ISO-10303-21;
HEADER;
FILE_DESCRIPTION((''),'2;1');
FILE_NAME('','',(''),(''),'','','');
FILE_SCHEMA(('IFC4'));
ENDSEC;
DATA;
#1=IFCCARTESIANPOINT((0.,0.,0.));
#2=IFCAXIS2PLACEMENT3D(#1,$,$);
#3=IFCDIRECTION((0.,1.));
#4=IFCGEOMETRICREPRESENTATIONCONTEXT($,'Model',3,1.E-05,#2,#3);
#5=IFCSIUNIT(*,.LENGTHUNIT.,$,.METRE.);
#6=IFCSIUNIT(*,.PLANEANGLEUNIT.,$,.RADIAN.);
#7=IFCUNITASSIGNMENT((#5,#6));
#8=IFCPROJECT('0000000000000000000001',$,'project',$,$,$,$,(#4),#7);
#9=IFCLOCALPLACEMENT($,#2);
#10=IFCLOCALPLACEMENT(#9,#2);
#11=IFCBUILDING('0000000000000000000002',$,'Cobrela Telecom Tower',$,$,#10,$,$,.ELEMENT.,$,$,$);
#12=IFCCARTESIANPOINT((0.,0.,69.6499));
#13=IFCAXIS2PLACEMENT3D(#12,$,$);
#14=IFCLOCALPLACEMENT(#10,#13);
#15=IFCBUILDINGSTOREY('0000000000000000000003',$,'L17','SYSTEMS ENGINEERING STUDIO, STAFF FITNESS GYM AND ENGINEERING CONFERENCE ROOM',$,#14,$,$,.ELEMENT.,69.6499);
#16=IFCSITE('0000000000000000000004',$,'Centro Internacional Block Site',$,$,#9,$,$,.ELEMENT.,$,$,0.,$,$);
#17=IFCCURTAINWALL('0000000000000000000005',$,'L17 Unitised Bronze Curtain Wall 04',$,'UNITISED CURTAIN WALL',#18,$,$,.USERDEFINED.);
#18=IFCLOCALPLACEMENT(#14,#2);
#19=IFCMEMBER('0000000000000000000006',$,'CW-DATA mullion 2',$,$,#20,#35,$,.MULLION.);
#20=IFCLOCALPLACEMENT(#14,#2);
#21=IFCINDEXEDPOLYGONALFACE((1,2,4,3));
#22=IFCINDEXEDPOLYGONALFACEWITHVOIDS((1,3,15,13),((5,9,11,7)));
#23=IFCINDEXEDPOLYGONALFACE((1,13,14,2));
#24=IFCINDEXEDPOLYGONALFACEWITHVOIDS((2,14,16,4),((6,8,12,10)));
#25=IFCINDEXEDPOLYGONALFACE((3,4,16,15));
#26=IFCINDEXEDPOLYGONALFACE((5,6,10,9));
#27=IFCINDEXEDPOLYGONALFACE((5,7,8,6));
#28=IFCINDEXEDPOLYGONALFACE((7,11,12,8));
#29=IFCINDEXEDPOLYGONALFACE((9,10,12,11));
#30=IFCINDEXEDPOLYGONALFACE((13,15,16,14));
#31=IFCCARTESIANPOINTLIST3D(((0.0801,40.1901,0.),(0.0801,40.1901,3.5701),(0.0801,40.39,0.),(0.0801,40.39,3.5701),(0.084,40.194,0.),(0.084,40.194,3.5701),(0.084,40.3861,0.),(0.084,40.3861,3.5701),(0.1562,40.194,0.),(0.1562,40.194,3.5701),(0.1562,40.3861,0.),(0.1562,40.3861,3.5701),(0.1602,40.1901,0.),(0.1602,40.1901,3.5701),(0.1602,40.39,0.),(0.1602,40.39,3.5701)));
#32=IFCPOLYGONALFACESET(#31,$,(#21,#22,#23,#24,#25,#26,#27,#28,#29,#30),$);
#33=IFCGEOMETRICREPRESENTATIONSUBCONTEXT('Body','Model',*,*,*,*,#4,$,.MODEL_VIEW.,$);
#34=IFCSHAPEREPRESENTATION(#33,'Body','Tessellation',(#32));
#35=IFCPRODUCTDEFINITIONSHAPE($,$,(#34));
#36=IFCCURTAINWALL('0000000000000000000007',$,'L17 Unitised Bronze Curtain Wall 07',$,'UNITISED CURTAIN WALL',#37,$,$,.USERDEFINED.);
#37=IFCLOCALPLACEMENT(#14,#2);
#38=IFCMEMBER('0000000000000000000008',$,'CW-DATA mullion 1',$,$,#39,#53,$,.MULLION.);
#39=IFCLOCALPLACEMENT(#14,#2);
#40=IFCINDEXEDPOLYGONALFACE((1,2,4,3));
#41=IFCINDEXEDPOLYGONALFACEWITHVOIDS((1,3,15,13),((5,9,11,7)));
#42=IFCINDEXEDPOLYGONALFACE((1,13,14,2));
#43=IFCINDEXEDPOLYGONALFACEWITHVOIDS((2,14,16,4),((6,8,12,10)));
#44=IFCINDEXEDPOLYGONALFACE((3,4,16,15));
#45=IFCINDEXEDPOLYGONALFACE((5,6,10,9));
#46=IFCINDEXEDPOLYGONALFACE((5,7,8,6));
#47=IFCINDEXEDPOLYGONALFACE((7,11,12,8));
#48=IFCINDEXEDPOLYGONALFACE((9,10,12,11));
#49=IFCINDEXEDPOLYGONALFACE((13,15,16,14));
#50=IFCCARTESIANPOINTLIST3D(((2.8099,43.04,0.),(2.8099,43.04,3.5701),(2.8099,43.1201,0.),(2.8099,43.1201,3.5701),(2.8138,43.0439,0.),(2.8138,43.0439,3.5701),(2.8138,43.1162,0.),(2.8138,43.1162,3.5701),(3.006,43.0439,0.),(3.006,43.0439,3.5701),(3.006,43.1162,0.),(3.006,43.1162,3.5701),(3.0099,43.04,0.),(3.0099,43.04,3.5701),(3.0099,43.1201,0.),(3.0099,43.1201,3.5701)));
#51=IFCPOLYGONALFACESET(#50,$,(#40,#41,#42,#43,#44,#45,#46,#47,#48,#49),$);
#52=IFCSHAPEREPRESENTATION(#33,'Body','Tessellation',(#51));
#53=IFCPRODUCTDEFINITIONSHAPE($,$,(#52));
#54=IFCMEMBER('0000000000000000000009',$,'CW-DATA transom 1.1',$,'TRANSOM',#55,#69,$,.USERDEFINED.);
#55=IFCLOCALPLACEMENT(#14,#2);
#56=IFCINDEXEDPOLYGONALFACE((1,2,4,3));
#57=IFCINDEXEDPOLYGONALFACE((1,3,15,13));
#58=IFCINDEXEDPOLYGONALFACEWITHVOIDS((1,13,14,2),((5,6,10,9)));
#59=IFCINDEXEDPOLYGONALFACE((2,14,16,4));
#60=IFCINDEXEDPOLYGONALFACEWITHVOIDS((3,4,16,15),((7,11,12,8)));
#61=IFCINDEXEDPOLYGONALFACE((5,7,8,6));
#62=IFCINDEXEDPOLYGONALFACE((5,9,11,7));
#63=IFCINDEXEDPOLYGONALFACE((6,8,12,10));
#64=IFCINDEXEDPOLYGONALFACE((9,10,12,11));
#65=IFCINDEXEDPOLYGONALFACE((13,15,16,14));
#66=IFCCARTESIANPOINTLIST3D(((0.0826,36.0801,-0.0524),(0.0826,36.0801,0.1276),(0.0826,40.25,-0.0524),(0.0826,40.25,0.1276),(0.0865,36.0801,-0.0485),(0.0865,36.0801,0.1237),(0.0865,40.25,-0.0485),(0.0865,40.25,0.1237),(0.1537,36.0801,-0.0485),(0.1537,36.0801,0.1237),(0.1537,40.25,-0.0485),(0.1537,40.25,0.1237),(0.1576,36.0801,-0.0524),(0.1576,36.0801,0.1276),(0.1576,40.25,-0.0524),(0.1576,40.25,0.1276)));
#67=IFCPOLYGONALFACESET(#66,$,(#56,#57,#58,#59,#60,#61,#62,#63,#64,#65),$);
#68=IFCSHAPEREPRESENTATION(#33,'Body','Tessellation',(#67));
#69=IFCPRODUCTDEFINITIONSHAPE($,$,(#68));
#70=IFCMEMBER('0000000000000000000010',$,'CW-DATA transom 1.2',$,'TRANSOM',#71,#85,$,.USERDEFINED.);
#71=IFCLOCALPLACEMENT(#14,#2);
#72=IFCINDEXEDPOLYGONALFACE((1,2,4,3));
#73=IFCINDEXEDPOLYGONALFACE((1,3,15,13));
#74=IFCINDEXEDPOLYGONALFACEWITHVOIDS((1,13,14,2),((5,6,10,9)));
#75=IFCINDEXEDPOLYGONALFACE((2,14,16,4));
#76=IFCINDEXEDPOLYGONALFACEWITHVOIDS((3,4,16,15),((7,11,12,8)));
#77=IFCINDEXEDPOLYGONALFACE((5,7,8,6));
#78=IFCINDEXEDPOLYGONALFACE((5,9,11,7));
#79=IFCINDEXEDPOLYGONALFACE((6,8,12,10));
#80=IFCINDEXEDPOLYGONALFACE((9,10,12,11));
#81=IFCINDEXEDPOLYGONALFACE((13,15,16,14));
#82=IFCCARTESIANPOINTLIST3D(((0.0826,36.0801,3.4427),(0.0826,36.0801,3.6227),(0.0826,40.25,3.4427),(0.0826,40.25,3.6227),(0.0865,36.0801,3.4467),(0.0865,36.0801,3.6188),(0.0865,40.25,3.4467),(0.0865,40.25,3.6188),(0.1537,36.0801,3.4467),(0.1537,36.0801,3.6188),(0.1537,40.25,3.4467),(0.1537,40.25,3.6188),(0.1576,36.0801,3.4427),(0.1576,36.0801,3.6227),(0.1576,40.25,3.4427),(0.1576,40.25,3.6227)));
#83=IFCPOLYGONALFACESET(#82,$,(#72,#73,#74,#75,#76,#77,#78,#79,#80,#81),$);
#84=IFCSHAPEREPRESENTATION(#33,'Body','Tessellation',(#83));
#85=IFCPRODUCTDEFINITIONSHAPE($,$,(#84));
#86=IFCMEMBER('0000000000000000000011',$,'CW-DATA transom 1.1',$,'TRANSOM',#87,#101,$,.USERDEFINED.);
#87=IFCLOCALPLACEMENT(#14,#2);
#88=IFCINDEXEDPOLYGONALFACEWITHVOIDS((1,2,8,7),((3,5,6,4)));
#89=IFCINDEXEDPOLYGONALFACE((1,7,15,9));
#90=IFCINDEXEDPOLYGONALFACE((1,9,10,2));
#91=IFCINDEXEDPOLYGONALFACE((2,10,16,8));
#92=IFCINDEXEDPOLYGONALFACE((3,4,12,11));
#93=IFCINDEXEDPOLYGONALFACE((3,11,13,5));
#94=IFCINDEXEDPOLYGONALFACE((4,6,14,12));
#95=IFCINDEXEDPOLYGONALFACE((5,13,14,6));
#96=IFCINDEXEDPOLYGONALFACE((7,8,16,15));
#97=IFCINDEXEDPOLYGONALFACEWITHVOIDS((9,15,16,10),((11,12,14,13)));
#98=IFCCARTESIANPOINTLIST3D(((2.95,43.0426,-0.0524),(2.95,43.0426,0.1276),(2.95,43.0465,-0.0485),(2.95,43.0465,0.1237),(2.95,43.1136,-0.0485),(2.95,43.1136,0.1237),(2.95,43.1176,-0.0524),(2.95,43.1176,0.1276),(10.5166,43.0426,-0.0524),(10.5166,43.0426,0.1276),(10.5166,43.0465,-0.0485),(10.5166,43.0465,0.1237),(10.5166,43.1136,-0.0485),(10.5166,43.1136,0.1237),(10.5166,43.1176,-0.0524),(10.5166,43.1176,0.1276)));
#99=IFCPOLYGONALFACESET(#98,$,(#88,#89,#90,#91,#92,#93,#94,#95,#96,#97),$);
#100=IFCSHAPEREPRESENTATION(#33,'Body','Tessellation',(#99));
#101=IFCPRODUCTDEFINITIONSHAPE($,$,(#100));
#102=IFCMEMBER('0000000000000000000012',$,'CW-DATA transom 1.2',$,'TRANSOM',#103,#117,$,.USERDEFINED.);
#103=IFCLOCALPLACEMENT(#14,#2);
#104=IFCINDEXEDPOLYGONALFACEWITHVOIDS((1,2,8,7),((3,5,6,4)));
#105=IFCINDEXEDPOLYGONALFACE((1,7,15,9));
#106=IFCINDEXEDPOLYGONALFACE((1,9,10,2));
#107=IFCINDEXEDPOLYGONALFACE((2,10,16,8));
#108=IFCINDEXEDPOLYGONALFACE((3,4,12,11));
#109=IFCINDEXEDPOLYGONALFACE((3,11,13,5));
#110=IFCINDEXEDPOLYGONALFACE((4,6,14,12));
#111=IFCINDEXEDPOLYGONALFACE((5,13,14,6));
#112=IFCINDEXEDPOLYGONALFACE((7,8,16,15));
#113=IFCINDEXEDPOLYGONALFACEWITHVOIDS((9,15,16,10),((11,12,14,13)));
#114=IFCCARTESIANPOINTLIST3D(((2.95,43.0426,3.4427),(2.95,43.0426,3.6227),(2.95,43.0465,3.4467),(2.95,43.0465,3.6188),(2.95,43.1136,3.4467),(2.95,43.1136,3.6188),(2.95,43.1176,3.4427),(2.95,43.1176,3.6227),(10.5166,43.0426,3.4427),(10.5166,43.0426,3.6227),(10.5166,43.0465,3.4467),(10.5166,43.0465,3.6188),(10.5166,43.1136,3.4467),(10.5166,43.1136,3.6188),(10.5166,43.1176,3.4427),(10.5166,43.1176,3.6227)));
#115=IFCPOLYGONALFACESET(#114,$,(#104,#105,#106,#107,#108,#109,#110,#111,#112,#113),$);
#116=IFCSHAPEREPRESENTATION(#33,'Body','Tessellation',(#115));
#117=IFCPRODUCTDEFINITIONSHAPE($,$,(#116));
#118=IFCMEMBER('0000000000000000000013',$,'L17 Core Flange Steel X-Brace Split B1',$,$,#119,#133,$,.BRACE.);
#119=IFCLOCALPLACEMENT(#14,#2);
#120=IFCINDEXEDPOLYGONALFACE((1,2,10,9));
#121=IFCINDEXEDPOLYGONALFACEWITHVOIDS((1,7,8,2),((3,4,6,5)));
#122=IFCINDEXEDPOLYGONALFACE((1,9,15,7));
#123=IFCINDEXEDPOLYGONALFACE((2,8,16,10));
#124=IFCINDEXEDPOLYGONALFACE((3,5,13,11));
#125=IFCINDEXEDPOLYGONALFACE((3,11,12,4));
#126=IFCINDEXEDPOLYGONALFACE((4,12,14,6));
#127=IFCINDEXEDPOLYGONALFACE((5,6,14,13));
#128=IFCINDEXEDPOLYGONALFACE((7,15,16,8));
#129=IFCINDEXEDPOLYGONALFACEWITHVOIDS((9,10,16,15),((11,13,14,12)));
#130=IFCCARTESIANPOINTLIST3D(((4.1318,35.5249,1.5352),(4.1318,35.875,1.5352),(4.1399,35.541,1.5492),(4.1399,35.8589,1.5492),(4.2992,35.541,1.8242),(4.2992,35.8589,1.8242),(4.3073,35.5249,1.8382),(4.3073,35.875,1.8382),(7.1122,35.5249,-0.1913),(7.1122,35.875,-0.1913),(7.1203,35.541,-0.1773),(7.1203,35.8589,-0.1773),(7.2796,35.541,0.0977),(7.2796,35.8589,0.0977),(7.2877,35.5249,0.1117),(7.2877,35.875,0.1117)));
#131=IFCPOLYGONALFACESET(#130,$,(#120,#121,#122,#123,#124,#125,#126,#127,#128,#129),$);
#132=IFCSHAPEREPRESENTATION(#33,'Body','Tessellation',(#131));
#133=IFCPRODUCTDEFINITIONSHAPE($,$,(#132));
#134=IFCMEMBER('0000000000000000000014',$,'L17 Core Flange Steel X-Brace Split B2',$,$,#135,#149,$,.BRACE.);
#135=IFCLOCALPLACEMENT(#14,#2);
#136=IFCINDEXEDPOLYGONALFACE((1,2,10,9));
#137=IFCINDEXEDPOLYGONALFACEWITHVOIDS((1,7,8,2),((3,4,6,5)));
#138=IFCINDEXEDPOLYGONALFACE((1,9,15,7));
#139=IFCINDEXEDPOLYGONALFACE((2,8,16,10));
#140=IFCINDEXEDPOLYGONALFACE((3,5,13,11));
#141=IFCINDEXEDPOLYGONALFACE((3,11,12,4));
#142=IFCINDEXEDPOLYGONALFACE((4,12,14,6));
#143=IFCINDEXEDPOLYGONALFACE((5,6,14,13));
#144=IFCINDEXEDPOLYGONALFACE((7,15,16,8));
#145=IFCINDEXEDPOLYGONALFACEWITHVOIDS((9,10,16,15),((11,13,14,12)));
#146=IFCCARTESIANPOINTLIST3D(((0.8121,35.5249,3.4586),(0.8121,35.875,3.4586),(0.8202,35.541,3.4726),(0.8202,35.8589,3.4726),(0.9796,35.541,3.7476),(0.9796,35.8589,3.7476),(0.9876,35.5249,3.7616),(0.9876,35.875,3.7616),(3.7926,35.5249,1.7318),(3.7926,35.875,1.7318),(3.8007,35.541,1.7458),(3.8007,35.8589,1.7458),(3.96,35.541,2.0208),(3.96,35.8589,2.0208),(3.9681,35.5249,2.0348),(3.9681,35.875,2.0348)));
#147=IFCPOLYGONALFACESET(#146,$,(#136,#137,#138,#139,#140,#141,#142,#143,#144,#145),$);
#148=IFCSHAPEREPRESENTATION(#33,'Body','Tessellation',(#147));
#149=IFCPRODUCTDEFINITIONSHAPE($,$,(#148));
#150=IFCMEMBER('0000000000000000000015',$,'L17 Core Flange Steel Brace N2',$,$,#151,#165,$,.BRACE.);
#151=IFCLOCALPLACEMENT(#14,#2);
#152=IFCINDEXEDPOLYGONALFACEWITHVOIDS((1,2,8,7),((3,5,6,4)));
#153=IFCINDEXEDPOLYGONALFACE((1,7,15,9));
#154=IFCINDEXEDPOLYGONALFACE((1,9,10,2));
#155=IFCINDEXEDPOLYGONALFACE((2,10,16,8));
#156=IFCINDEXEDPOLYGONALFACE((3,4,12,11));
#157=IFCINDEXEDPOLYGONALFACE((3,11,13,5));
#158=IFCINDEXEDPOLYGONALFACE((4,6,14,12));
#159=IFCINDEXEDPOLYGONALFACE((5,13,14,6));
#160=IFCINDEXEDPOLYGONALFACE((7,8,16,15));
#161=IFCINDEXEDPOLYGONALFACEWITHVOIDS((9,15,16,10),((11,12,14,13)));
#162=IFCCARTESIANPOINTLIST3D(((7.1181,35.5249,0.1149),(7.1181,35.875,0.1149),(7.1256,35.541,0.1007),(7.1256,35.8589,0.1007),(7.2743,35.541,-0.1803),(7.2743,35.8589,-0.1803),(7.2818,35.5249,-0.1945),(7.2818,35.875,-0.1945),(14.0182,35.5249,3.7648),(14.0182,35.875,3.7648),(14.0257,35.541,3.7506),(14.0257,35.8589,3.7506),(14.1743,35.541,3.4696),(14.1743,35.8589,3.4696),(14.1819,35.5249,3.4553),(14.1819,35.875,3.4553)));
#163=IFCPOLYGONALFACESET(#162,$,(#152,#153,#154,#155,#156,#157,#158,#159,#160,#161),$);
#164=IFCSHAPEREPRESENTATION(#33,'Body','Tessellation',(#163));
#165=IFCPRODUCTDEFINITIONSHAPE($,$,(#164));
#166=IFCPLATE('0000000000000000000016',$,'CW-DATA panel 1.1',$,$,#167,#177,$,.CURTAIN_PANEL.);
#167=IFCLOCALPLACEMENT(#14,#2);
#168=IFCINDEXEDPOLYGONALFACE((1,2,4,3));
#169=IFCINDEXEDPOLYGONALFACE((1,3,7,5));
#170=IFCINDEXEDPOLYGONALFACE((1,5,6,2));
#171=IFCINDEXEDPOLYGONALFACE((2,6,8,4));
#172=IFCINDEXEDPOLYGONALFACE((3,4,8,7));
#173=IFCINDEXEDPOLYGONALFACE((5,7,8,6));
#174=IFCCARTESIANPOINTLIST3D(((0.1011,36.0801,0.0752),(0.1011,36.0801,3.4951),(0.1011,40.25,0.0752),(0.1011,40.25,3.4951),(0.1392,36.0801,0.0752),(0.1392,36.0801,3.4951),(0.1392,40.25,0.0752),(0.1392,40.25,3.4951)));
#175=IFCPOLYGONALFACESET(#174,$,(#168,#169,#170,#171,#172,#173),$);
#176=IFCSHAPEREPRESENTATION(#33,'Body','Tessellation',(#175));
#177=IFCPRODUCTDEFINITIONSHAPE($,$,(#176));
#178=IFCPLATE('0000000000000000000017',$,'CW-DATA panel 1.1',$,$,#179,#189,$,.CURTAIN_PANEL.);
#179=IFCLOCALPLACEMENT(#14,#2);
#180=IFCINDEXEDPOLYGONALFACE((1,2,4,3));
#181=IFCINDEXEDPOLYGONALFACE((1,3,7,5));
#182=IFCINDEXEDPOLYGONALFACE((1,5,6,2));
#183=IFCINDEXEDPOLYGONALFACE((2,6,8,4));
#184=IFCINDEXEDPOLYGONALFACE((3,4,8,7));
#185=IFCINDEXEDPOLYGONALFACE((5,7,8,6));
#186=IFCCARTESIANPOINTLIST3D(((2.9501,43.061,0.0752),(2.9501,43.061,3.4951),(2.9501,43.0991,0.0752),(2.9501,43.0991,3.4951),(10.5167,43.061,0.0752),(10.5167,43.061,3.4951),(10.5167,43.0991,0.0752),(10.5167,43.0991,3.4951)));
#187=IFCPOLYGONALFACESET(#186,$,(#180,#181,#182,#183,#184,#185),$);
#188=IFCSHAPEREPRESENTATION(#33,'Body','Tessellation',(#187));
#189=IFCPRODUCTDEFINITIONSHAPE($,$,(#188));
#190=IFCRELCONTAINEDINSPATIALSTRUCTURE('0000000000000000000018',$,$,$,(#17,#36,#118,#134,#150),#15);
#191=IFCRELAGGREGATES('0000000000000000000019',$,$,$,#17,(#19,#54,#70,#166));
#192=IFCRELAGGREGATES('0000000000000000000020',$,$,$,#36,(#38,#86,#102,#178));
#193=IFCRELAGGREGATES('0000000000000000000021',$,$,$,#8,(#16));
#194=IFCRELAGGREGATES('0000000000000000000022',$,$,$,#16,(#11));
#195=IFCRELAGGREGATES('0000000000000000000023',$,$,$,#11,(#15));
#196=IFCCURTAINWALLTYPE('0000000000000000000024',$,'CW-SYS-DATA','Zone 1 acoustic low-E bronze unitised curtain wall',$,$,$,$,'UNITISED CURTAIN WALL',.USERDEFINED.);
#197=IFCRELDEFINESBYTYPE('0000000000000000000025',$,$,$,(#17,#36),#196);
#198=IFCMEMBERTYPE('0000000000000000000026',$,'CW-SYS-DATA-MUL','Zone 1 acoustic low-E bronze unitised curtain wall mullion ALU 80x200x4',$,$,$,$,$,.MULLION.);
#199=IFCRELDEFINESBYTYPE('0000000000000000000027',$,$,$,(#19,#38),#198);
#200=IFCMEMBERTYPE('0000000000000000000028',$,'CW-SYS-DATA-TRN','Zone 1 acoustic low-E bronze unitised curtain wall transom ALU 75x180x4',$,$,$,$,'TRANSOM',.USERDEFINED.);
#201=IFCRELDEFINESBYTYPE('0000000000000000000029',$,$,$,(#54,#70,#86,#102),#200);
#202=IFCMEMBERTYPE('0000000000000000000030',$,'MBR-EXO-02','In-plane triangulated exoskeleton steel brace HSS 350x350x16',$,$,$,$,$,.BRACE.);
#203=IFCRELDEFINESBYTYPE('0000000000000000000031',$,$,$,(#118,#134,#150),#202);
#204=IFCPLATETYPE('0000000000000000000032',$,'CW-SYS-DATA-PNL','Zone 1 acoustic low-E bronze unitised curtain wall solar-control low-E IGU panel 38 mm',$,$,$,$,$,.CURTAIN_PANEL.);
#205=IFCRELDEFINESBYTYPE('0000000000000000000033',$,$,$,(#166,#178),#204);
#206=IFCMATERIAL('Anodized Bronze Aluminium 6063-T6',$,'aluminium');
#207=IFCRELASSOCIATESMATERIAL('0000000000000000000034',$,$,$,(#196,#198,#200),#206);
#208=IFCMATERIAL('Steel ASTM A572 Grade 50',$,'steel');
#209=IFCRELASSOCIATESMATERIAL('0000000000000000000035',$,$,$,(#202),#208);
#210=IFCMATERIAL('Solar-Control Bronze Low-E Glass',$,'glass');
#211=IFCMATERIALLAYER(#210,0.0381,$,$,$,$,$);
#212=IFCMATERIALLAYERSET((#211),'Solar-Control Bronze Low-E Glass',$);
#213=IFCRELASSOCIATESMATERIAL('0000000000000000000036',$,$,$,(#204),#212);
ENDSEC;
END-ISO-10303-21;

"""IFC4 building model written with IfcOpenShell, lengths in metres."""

from ifc_helpers import new_model, si_unit, direction, frame, origin, origin_2d, place, context, subcontext, project, spatial, rectangle, hollow_rectangle, extrude, material, layer, layer_set, material_profile, profile_set, type_object, element, aggregate, save


model = new_model("IFC4")

# Units and contexts
model_context = context("Model", 3, precision=1e-05, world=origin(), true_north=direction((0.0, 1.0)))
body_context = subcontext(model_context, "Body", "Model", "MODEL_VIEW")
ifc_project = project(units=[si_unit("LENGTHUNIT", "METRE"), si_unit("PLANEANGLEUNIT", "RADIAN")], contexts=[model_context])

# Site, building, storey
site_placement = place(None, origin())
site = spatial("IfcSite", under=ifc_project, at=site_placement, Name="Centro Internacional Block Site", CompositionType="ELEMENT", RefElevation=0.0)
building_placement = place(site_placement, origin())
building = spatial("IfcBuilding", under=site, at=building_placement, Name="Cobrela Telecom Tower", CompositionType="ELEMENT")
storey_placement = place(building_placement, frame((0.0, 0.0, 69.6499)))
storey = spatial("IfcBuildingStorey", under=building, at=storey_placement, Name="L17", Description="SYSTEMS ENGINEERING STUDIO, STAFF FITNESS GYM AND ENGINEERING CONFERENCE ROOM", CompositionType="ELEMENT", Elevation=69.6499)

# Shared definitions
ifc_material_1 = material(Name="Steel ASTM A572 Grade 50", Category="steel")

# Curtain wall, member
ifc_material_2 = material(Name="Anodized Bronze Aluminium 6063-T6", Category="aluminium")
curtain_wall_type = type_object("IfcCurtainWallType", Name="CW-SYS-DATA", Description="Zone 1 acoustic low-E bronze unitised curtain wall", ElementType="UNITISED CURTAIN WALL", PredefinedType="USERDEFINED", material=ifc_material_2)
curtain_wall_1_placement = place(storey_placement, origin())
curtain_wall_1 = element("IfcCurtainWall", 1, at=curtain_wall_1_placement, inside=storey, type_object=curtain_wall_type, Name="L17 Unitised Bronze Curtain Wall 04", ObjectType="UNITISED CURTAIN WALL", PredefinedType="USERDEFINED")
ifc_material_profile_1 = material_profile(ifc_material_2, hollow_rectangle(XDim=0.0801, YDim=0.2, WallThickness=0.0039, at=origin_2d()), Name="ALU 80x200x4")
ifc_profile_set_1 = profile_set([ifc_material_profile_1], Name="Anodized Bronze Aluminium 6063-T6")
member_type_1 = type_object("IfcMemberType", Name="CW-SYS-DATA-MUL", Description="Zone 1 acoustic low-E bronze unitised curtain wall mullion ALU 80x200x4", PredefinedType="MULLION", material=ifc_profile_set_1)
member_1_placement = place(storey_placement, frame((0.1201, 40.29, 0.0), z_axis=(0.0, 0.0, 1.0), x_axis=(-1.0, 0.0, 0.0)))
member_1 = element("IfcMember", 2, at=member_1_placement, type_object=member_type_1, Name="CW-DATA mullion 2", PredefinedType="MULLION", context=body_context, shape_type="SweptSolid", body=[
    extrude(hollow_rectangle(XDim=0.0801, YDim=0.2, WallThickness=0.0039, at=origin_2d()), origin(), (0.0, 0.0, 1.0), 3.5701),
])

# Curtain wall, member
curtain_wall_2_placement = place(storey_placement, origin())
curtain_wall_2 = element("IfcCurtainWall", 3, at=curtain_wall_2_placement, inside=storey, type_object=curtain_wall_type, Name="L17 Unitised Bronze Curtain Wall 07", ObjectType="UNITISED CURTAIN WALL", PredefinedType="USERDEFINED")
member_2_placement = place(storey_placement, frame((2.9099, 43.0801, 0.0), z_axis=(0.0, 0.0, 1.0), x_axis=(0.0, 1.0, 0.0)))
member_2 = element("IfcMember", 4, at=member_2_placement, type_object=member_type_1, Name="CW-DATA mullion 1", PredefinedType="MULLION", context=body_context, shape_type="SweptSolid", body=[
    extrude(hollow_rectangle(XDim=0.0801, YDim=0.2, WallThickness=0.0039, at=origin_2d()), origin(), (0.0, 0.0, 1.0), 3.5701),
])

# Members
ifc_material_profile_2 = material_profile(ifc_material_2, hollow_rectangle(XDim=0.075, YDim=0.1799, WallThickness=0.0039, at=origin_2d()), Name="ALU 75x180x4")
ifc_profile_set_2 = profile_set([ifc_material_profile_2], Name="Anodized Bronze Aluminium 6063-T6")
member_type_2 = type_object("IfcMemberType", Name="CW-SYS-DATA-TRN", Description="Zone 1 acoustic low-E bronze unitised curtain wall transom ALU 75x180x4", ElementType="TRANSOM", PredefinedType="USERDEFINED", material=ifc_profile_set_2)
member_3_placement = place(storey_placement, frame((0.1201, 36.0801, 0.0376), z_axis=(0.0, 1.0, 0.0), x_axis=(-1.0, 0.0, 0.0)))
member_3 = element("IfcMember", 5, at=member_3_placement, type_object=member_type_2, Name="CW-DATA transom 1.1", ObjectType="TRANSOM", PredefinedType="USERDEFINED", context=body_context, shape_type="SweptSolid", body=[
    extrude(hollow_rectangle(XDim=0.075, YDim=0.1799, WallThickness=0.0039, at=origin_2d()), origin(), (0.0, 0.0, 1.0), 4.1699),
])
member_4_placement = place(storey_placement, frame((0.1201, 36.0801, 3.5327), z_axis=(0.0, 1.0, 0.0), x_axis=(-1.0, 0.0, 0.0)))
member_4 = element("IfcMember", 6, at=member_4_placement, type_object=member_type_2, Name="CW-DATA transom 1.2", ObjectType="TRANSOM", PredefinedType="USERDEFINED", context=body_context, shape_type="SweptSolid", body=[
    extrude(hollow_rectangle(XDim=0.075, YDim=0.1799, WallThickness=0.0039, at=origin_2d()), origin(), (0.0, 0.0, 1.0), 4.1699),
])
member_5_placement = place(storey_placement, frame((2.95, 43.0801, 0.0376), z_axis=(1.0, 0.0, 0.0), x_axis=(0.0, 1.0, 0.0)))
member_5 = element("IfcMember", 7, at=member_5_placement, type_object=member_type_2, Name="CW-DATA transom 1.1", ObjectType="TRANSOM", PredefinedType="USERDEFINED", context=body_context, shape_type="SweptSolid", body=[
    extrude(hollow_rectangle(XDim=0.075, YDim=0.1799, WallThickness=0.0039, at=origin_2d()), origin(), (0.0, 0.0, 1.0), 7.5667),
])
member_6_placement = place(storey_placement, frame((2.95, 43.0801, 3.5327), z_axis=(1.0, 0.0, 0.0), x_axis=(0.0, 1.0, 0.0)))
member_6 = element("IfcMember", 8, at=member_6_placement, type_object=member_type_2, Name="CW-DATA transom 1.2", ObjectType="TRANSOM", PredefinedType="USERDEFINED", context=body_context, shape_type="SweptSolid", body=[
    extrude(hollow_rectangle(XDim=0.075, YDim=0.1799, WallThickness=0.0039, at=origin_2d()), origin(), (0.0, 0.0, 1.0), 7.5667),
])

# Members
ifc_material_profile_3 = material_profile(ifc_material_1, hollow_rectangle(XDim=0.3501, YDim=0.3501, WallThickness=0.0161, at=origin_2d()), Name="HSS 350x350x16")
ifc_profile_set_3 = profile_set([ifc_material_profile_3], Name="Steel ASTM A572 Grade 50")
member_type_3 = type_object("IfcMemberType", Name="MBR-EXO-02", Description="In-plane triangulated exoskeleton steel brace HSS 350x350x16", PredefinedType="BRACE", material=ifc_profile_set_3)
member_7_placement = place(storey_placement, frame((7.2, 35.7, -0.0398), z_axis=(-0.865297, 0.0, 0.50126), x_axis=(0.0, -1.0, 0.0)))
element("IfcMember", 9, at=member_7_placement, inside=storey, type_object=member_type_3, Name="L17 Core Flange Steel X-Brace Split B1", PredefinedType="BRACE", context=body_context, shape_type="SweptSolid", body=[
    extrude(hollow_rectangle(XDim=0.3501, YDim=0.3501, WallThickness=0.0161, at=origin_2d()), origin(), (0.0, 0.0, 1.0), 3.4443),
])
member_8_placement = place(storey_placement, frame((3.8804, 35.7, 1.8833), z_axis=(-0.865266, 0.0, 0.501313), x_axis=(0.0, -1.0, 0.0)))
element("IfcMember", 10, at=member_8_placement, inside=storey, type_object=member_type_3, Name="L17 Core Flange Steel X-Brace Split B2", PredefinedType="BRACE", context=body_context, shape_type="SweptSolid", body=[
    extrude(hollow_rectangle(XDim=0.3501, YDim=0.3501, WallThickness=0.0161, at=origin_2d()), origin(), (0.0, 0.0, 1.0), 3.4446),
])
member_9_placement = place(storey_placement, frame((7.2, 35.7, -0.0398), z_axis=(0.883953, 0.0, 0.467576), x_axis=(0.0, 1.0, 0.0)))
element("IfcMember", 11, at=member_9_placement, inside=storey, type_object=member_type_3, Name="L17 Core Flange Steel Brace N2", PredefinedType="BRACE", context=body_context, shape_type="SweptSolid", body=[
    extrude(hollow_rectangle(XDim=0.3501, YDim=0.3501, WallThickness=0.0161, at=origin_2d()), origin(), (0.0, 0.0, 1.0), 7.8059),
])

# Plates
ifc_material_3 = material(Name="Solar-Control Bronze Low-E Glass", Category="glass")
ifc_layer_1 = layer(ifc_material_3, 0.0381)
ifc_layer_set_1 = layer_set([ifc_layer_1], Name="Solar-Control Bronze Low-E Glass")
plate_type_1 = type_object("IfcPlateType", Name="CW-SYS-DATA-PNL", Description="Zone 1 acoustic low-E bronze unitised curtain wall solar-control low-E IGU panel 38 mm", PredefinedType="CURTAIN_PANEL", material=ifc_layer_set_1)
plate_1_placement = place(storey_placement, frame((0.1201, 38.165, 0.0752), z_axis=(0.0, 0.0, 1.0), x_axis=(0.0, 1.0, 0.0)))
plate_1 = element("IfcPlate", 12, at=plate_1_placement, type_object=plate_type_1, Name="CW-DATA panel 1.1", PredefinedType="CURTAIN_PANEL", context=body_context, shape_type="SweptSolid", body=[
    extrude(rectangle(XDim=4.1699, YDim=0.0381, at=origin_2d()), origin(), (0.0, 0.0, 1.0), 3.4199),
])
aggregate(curtain_wall_1, [member_1, member_3, member_4, plate_1])
plate_2_placement = place(storey_placement, frame((6.7334, 43.0801, 0.0752), z_axis=(0.0, 0.0, 1.0), x_axis=(1.0, 0.0, 0.0)))
plate_2 = element("IfcPlate", 13, at=plate_2_placement, type_object=plate_type_1, Name="CW-DATA panel 1.1", PredefinedType="CURTAIN_PANEL", context=body_context, shape_type="SweptSolid", body=[
    extrude(rectangle(XDim=7.5667, YDim=0.0381, at=origin_2d()), origin(), (0.0, 0.0, 1.0), 3.4199),
])
aggregate(curtain_wall_2, [member_2, member_5, member_6, plate_2])

save(model, "model.ifc")
